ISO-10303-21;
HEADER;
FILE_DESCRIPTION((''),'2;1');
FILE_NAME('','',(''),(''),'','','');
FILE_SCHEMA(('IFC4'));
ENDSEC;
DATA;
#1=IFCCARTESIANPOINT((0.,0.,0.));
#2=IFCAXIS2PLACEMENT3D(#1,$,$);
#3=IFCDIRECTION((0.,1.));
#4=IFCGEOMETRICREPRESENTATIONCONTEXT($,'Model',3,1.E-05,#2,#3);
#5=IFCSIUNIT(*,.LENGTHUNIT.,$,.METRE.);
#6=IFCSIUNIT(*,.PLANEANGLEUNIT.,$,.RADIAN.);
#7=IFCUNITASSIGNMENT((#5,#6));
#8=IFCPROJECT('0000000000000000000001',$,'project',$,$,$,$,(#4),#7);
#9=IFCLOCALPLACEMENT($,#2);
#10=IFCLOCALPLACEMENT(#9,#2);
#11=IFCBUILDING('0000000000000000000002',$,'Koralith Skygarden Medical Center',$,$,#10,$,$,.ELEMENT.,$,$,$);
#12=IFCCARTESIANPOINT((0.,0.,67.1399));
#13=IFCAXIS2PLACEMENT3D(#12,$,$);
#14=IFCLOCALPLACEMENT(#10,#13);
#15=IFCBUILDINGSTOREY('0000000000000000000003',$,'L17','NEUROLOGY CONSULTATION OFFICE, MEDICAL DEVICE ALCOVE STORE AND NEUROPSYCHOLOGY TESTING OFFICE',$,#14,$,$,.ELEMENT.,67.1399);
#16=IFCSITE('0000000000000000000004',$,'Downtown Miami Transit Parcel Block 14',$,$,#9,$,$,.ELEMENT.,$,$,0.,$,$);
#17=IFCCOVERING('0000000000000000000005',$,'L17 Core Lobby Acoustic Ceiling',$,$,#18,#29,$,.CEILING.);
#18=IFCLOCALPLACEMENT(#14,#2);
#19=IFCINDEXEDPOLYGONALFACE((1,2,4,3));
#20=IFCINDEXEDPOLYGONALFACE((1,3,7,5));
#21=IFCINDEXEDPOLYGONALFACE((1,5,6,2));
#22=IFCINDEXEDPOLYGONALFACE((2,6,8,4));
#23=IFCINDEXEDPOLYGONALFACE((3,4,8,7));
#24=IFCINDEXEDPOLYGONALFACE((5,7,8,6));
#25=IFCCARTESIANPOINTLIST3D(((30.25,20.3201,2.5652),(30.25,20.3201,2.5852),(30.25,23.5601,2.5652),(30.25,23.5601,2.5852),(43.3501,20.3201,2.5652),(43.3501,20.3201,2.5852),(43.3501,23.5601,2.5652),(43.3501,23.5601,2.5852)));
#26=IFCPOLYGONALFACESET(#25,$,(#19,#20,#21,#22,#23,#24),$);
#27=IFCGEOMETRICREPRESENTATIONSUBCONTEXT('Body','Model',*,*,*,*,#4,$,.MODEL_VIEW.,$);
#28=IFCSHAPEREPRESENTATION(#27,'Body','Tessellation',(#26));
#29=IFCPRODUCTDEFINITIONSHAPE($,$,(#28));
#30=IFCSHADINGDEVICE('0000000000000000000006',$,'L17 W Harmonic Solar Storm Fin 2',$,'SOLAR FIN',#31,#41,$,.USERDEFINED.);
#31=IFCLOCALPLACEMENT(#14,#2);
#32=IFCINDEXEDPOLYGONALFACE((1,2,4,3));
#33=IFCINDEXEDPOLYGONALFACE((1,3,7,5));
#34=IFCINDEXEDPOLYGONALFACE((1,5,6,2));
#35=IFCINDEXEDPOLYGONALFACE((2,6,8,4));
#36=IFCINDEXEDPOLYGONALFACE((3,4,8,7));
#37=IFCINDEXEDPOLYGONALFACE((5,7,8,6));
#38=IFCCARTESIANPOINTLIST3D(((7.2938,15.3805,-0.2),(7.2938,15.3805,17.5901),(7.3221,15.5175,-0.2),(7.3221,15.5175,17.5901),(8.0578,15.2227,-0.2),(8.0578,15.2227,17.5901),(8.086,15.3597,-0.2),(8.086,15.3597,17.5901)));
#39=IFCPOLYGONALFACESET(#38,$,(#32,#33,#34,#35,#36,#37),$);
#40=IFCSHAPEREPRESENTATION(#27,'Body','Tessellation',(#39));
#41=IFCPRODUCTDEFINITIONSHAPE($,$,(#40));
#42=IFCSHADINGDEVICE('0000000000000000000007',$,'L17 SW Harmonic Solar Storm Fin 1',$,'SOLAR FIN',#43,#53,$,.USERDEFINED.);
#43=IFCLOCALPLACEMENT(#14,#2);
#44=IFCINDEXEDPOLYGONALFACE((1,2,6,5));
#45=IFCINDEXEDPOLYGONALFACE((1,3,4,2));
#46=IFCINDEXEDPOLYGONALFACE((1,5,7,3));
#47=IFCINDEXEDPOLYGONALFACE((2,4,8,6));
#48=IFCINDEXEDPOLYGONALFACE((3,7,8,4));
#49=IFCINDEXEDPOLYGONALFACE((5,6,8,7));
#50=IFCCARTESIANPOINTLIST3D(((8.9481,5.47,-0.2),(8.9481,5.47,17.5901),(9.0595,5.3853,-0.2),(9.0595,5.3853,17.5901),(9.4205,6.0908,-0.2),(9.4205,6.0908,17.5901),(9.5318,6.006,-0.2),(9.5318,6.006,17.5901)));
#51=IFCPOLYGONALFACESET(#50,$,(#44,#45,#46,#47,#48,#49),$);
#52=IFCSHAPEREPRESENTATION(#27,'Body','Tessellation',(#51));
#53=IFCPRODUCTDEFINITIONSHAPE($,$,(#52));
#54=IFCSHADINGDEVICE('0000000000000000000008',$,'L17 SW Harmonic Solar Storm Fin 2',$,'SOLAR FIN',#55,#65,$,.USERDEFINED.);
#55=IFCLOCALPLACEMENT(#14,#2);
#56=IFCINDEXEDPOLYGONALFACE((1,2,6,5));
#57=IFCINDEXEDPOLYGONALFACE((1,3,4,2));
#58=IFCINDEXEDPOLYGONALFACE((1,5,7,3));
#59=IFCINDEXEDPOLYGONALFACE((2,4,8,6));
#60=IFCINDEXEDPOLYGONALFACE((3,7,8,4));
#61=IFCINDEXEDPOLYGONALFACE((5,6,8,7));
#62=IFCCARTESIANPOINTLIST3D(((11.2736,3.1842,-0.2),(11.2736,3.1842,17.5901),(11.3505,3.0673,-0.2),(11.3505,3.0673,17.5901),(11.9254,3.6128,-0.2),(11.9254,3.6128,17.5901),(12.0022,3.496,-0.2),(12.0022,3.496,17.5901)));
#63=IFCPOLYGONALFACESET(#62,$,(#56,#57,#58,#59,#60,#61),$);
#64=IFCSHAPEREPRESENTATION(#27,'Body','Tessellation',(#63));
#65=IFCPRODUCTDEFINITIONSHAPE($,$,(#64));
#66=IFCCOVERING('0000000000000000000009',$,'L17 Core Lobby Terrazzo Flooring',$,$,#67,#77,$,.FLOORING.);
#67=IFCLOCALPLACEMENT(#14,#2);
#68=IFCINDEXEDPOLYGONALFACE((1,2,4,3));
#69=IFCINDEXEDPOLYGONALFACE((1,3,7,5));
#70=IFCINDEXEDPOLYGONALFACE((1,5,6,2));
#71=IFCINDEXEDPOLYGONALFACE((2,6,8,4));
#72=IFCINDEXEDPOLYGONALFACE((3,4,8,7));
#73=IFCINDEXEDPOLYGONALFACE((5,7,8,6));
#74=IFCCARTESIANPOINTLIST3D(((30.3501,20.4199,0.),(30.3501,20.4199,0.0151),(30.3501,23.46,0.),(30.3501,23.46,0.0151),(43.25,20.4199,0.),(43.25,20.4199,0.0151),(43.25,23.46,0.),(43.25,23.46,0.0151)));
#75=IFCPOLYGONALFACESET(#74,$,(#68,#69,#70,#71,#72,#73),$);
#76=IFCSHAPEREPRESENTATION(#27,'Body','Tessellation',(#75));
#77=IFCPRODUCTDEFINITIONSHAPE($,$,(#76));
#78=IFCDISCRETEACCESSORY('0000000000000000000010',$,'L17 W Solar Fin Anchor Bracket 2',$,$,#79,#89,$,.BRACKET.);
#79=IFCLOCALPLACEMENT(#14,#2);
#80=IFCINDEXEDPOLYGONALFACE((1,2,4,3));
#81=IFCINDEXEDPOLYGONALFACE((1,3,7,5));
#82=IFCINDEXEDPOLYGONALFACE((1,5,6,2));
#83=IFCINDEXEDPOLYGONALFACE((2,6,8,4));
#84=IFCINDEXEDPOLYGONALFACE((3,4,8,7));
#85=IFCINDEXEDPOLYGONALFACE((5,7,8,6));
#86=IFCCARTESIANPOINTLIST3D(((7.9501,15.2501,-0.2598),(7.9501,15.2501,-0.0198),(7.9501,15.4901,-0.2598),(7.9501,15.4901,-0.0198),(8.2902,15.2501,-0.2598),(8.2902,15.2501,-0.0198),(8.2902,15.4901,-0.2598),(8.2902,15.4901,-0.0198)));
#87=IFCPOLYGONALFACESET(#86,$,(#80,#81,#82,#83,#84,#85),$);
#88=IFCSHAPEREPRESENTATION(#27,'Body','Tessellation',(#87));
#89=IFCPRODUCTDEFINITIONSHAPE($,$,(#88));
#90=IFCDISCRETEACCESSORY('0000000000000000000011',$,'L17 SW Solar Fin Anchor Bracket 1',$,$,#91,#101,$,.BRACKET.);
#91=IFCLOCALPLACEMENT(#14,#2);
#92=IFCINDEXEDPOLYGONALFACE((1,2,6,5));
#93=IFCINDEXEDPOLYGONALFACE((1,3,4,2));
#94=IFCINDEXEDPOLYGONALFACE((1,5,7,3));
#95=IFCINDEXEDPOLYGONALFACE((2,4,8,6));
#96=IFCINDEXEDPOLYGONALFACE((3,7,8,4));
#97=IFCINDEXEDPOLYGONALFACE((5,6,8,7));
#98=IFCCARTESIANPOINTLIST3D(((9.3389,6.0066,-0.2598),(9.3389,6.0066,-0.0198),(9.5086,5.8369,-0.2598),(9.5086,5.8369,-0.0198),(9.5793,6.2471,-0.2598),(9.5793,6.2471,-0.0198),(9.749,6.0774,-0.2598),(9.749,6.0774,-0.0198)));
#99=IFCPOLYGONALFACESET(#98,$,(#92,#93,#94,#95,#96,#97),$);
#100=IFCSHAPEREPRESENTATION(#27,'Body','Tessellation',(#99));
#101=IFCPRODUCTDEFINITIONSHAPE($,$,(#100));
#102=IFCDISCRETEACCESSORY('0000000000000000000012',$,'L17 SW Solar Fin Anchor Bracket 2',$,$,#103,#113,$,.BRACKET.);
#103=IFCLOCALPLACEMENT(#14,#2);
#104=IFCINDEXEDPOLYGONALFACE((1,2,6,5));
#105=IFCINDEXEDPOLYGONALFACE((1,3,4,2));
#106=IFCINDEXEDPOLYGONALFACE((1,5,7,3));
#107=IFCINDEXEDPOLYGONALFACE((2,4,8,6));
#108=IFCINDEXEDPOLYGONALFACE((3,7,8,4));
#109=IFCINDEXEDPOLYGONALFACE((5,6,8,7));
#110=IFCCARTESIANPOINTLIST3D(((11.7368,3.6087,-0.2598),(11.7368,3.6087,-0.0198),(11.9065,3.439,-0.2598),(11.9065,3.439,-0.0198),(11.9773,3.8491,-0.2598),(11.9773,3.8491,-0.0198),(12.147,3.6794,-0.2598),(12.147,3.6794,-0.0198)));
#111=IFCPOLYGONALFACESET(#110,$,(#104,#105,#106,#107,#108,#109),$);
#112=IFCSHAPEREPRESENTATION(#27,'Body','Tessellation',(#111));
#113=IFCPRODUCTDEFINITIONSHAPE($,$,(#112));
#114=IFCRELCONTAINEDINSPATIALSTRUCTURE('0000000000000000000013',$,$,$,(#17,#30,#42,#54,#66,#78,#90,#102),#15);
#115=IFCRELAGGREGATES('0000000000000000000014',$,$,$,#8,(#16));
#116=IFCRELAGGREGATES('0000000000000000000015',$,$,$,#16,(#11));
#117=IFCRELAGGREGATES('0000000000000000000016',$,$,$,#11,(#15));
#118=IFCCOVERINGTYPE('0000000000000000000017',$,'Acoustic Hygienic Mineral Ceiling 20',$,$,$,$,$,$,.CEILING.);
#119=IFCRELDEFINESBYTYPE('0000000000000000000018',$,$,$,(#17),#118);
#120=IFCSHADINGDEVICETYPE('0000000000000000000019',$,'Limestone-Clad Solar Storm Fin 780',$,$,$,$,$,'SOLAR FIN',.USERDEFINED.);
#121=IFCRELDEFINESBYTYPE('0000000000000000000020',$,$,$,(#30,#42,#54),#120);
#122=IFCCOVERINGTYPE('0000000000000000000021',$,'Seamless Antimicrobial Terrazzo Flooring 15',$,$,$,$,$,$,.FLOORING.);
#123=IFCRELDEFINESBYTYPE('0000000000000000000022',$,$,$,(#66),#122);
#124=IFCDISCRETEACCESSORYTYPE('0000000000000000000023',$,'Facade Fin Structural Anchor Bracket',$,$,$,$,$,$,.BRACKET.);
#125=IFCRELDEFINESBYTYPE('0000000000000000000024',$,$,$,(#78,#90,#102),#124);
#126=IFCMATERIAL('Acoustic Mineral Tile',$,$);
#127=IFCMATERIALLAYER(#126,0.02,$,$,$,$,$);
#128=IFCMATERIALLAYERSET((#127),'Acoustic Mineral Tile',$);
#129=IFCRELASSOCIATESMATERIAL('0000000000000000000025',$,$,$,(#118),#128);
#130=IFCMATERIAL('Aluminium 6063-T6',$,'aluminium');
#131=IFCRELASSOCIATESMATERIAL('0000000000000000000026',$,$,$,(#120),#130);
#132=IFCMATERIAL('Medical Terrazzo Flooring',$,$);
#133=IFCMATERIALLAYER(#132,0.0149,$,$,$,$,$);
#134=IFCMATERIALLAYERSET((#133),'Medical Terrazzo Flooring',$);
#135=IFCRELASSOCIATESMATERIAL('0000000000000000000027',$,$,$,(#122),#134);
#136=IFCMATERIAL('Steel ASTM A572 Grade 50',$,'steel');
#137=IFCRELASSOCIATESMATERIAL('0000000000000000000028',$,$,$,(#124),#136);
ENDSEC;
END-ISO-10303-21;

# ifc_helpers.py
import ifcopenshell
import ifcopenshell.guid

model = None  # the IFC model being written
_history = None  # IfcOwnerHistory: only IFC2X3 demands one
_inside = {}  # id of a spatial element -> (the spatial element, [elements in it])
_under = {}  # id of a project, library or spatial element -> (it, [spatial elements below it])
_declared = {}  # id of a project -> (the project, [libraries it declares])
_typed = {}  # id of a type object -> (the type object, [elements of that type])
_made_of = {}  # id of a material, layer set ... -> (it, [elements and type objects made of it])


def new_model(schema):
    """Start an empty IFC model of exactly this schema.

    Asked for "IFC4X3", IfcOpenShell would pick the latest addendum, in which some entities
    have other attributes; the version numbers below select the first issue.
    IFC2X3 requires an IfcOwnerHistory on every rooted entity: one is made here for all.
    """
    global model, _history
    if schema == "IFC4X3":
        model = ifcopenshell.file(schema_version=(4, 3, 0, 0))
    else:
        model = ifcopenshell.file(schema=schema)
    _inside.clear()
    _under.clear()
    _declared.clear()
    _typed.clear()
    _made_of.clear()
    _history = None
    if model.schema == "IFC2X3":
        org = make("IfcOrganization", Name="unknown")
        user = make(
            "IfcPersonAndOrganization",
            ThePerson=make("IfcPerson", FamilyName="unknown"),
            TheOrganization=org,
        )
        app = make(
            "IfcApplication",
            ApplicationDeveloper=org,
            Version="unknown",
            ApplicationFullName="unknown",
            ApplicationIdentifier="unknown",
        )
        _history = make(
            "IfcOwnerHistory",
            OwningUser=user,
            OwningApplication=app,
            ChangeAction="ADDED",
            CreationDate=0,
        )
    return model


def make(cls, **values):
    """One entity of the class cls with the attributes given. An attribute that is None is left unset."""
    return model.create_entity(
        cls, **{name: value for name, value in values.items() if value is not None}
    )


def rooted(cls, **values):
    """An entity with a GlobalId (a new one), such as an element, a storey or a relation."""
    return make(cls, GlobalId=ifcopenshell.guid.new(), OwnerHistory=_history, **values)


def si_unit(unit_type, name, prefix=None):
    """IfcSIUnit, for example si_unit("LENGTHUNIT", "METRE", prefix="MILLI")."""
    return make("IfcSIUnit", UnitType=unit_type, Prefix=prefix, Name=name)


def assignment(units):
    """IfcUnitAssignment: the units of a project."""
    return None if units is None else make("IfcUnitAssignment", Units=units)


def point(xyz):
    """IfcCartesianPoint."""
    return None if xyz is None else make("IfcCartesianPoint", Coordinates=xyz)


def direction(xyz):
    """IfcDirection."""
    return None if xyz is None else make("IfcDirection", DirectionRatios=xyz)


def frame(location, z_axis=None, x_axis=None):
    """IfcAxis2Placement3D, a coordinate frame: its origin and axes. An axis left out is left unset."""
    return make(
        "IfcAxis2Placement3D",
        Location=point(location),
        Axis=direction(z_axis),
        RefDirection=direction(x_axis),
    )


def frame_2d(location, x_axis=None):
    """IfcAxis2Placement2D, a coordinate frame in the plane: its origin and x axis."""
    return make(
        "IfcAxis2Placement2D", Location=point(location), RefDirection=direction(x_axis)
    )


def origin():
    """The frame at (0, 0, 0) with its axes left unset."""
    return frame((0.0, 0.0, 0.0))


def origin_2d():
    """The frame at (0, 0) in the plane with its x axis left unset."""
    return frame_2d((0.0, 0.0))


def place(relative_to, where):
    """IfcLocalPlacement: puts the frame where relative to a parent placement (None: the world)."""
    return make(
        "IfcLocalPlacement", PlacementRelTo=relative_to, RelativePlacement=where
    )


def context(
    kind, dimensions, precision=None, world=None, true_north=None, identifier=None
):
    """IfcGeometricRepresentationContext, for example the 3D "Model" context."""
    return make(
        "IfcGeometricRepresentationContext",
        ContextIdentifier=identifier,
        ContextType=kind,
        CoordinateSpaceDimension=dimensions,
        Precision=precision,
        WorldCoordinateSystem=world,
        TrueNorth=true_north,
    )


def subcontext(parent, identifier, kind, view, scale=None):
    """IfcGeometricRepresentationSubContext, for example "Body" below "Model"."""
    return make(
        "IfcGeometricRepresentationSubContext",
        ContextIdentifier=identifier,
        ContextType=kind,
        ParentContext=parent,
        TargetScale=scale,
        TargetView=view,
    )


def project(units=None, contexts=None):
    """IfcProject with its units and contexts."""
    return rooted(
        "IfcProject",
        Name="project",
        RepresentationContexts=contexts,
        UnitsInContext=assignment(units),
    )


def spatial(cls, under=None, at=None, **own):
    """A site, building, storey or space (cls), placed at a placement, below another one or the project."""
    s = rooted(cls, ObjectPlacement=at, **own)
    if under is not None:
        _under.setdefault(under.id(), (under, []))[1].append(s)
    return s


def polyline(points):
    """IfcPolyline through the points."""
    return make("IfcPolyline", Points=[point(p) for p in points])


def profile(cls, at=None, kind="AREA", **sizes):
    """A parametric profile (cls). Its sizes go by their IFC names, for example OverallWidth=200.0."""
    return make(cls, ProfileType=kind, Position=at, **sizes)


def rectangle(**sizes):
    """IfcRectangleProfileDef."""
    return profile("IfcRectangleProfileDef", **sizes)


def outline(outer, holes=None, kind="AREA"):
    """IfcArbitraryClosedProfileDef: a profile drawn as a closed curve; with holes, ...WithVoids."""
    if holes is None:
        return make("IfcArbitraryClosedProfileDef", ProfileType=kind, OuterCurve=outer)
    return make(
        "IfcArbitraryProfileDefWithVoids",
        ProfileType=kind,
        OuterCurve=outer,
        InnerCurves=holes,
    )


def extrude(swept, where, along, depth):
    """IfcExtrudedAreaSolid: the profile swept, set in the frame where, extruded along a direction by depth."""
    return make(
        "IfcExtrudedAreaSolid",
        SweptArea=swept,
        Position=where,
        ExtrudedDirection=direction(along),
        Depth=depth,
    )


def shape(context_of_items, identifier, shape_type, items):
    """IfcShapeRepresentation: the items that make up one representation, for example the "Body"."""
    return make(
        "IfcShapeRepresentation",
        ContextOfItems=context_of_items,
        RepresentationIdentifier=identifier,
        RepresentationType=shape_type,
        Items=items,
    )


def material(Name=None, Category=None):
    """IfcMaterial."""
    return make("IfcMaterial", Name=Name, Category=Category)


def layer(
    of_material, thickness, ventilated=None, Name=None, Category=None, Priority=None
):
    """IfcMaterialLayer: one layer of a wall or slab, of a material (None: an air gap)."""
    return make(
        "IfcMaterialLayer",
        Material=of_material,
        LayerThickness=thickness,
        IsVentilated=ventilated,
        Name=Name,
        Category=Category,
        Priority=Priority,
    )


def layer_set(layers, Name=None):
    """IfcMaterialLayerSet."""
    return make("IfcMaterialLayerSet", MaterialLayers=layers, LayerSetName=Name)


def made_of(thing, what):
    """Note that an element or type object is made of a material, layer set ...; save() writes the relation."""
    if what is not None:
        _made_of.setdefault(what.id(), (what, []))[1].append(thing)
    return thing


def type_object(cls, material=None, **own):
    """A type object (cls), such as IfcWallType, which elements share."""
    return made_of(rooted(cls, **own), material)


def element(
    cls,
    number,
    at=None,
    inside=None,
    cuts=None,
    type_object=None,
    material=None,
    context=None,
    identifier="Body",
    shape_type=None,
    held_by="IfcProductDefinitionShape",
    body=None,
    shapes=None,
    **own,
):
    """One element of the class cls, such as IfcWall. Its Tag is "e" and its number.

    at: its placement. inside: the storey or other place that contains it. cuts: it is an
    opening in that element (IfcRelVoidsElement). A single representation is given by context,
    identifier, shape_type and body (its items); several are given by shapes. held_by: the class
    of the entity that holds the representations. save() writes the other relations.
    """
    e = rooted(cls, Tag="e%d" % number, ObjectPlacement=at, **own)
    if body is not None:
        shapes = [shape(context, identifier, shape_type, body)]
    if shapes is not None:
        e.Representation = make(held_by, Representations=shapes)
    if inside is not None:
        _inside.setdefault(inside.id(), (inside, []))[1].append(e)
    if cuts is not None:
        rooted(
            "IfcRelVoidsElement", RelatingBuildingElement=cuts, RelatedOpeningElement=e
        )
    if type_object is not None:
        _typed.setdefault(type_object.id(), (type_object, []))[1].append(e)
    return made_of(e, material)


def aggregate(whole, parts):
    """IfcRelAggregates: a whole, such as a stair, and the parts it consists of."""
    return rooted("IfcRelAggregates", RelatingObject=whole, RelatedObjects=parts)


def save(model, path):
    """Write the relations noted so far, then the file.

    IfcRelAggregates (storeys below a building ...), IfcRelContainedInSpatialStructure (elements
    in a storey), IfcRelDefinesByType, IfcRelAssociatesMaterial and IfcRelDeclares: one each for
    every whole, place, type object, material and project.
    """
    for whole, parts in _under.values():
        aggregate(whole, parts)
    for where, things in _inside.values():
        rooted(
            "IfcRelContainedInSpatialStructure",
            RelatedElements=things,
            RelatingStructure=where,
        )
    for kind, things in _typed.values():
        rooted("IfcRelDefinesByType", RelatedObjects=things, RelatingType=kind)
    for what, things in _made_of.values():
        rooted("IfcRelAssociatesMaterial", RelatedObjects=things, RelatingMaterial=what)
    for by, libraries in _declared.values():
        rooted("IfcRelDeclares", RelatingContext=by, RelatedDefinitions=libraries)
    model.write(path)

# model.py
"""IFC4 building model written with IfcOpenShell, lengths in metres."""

from ifc_helpers import new_model, si_unit, direction, frame, origin, origin_2d, place, context, subcontext, project, spatial, polyline, rectangle, outline, extrude, material, layer, layer_set, type_object, element, save


model = new_model("IFC4")

# Units and contexts
model_context = context("Model", 3, precision=1e-05, world=origin(), true_north=direction((0.0, 1.0)))
body_context = subcontext(model_context, "Body", "Model", "MODEL_VIEW")
ifc_project = project(units=[si_unit("LENGTHUNIT", "METRE"), si_unit("PLANEANGLEUNIT", "RADIAN")], contexts=[model_context])

# Site, building, storey
site_placement = place(None, origin())
site = spatial("IfcSite", under=ifc_project, at=site_placement, Name="Downtown Miami Transit Parcel Block 14", CompositionType="ELEMENT", RefElevation=0.0)
building_placement = place(site_placement, origin())
building = spatial("IfcBuilding", under=site, at=building_placement, Name="Koralith Skygarden Medical Center", CompositionType="ELEMENT")
storey_placement = place(building_placement, frame((0.0, 0.0, 67.1399)))
storey = spatial("IfcBuildingStorey", under=building, at=storey_placement, Name="L17", Description="NEUROLOGY CONSULTATION OFFICE, MEDICAL DEVICE ALCOVE STORE AND NEUROPSYCHOLOGY TESTING OFFICE", CompositionType="ELEMENT", Elevation=67.1399)

# Shared definitions
ifc_material_1 = material(Name="Aluminium 6063-T6", Category="aluminium")

# Covering
ifc_material_2 = material(Name="Acoustic Mineral Tile")
ifc_layer_1 = layer(ifc_material_2, 0.02)
ifc_layer_set_1 = layer_set([ifc_layer_1], Name="Acoustic Mineral Tile")
covering_type_1 = type_object("IfcCoveringType", Name="Acoustic Hygienic Mineral Ceiling 20", PredefinedType="CEILING", material=ifc_layer_set_1)
covering_1_placement = place(storey_placement, frame((0.0, 0.0, 2.5652)))
element("IfcCovering", 1, at=covering_1_placement, inside=storey, type_object=covering_type_1, Name="L17 Core Lobby Acoustic Ceiling", PredefinedType="CEILING", context=body_context, shape_type="SweptSolid", body=[
    extrude(outline(polyline([(30.25, 20.3201), (43.3501, 20.3201), (43.3501, 23.5601), (30.25, 23.5601), (30.25, 20.3201)])), origin(), (0.0, 0.0, 1.0), 0.02),
])

# Shading devices
shading_device_type = type_object("IfcShadingDeviceType", Name="Limestone-Clad Solar Storm Fin 780", ElementType="SOLAR FIN", PredefinedType="USERDEFINED", material=ifc_material_1)
for number, where, z_axis, x_axis, name in (
    (2, (7.6899, 15.3701, -0.2), (0.0, 0.0, 1.0), (-0.979336, 0.20224, 0.0), "L17 W Harmonic Solar Storm Fin 2"),
    (3, (9.24, 5.738, -0.2), (0.0, 0.0, 1.0), (-0.605613, -0.795759, 0.0), "L17 SW Harmonic Solar Storm Fin 1"),
    (4, (11.6379, 3.3401, -0.2), (0.0, 0.0, 1.0), (-0.835501, -0.54949, 0.0), "L17 SW Harmonic Solar Storm Fin 2"),
):
    element("IfcShadingDevice", number, at=place(storey_placement, frame(where, z_axis=z_axis, x_axis=x_axis)), inside=storey, type_object=shading_device_type, Name=name, ObjectType="SOLAR FIN", PredefinedType="USERDEFINED", context=body_context, shape_type="SweptSolid", body=[
        extrude(rectangle(XDim=0.78, YDim=0.1399, at=origin_2d()), origin(), (0.0, 0.0, 1.0), 17.79),
    ])

# Covering
ifc_material_3 = material(Name="Medical Terrazzo Flooring")
ifc_layer_2 = layer(ifc_material_3, 0.0149)
ifc_layer_set_2 = layer_set([ifc_layer_2], Name="Medical Terrazzo Flooring")
covering_type_2 = type_object("IfcCoveringType", Name="Seamless Antimicrobial Terrazzo Flooring 15", PredefinedType="FLOORING", material=ifc_layer_set_2)
covering_2_placement = place(storey_placement, origin())
element("IfcCovering", 5, at=covering_2_placement, inside=storey, type_object=covering_type_2, Name="L17 Core Lobby Terrazzo Flooring", PredefinedType="FLOORING", context=body_context, shape_type="SweptSolid", body=[
    extrude(outline(polyline([(30.3501, 20.4199), (43.25, 20.4199), (43.25, 23.46), (30.3501, 23.46), (30.3501, 20.4199)])), origin(), (0.0, 0.0, 1.0), 0.0151),
])

# Discrete accessories
ifc_material_4 = material(Name="Steel ASTM A572 Grade 50", Category="steel")
discrete_accessory_type = type_object("IfcDiscreteAccessoryType", Name="Facade Fin Structural Anchor Bracket", PredefinedType="BRACKET", material=ifc_material_4)
for number, where, z_axis, x_axis, name in (
    (6, (8.1201, 15.3701, -0.2598), (0.0, 0.0, 1.0), (-1.0, 0.0, 0.0), "L17 W Solar Fin Anchor Bracket 2"),
    (7, (9.5439, 6.042, -0.2598), (0.0, 0.0, 1.0), (-0.707107, -0.707107, 0.0), "L17 SW Solar Fin Anchor Bracket 1"),
    (8, (11.9419, 3.644, -0.2598), (0.0, 0.0, 1.0), (-0.707107, -0.707107, 0.0), "L17 SW Solar Fin Anchor Bracket 2"),
):
    element("IfcDiscreteAccessory", number, at=place(storey_placement, frame(where, z_axis=z_axis, x_axis=x_axis)), inside=storey, type_object=discrete_accessory_type, Name=name, PredefinedType="BRACKET", context=body_context, shape_type="SweptSolid", body=[
        extrude(rectangle(XDim=0.3401, YDim=0.24, at=origin_2d()), origin(), (0.0, 0.0, 1.0), 0.24),
    ])

save(model, "model.ifc")
